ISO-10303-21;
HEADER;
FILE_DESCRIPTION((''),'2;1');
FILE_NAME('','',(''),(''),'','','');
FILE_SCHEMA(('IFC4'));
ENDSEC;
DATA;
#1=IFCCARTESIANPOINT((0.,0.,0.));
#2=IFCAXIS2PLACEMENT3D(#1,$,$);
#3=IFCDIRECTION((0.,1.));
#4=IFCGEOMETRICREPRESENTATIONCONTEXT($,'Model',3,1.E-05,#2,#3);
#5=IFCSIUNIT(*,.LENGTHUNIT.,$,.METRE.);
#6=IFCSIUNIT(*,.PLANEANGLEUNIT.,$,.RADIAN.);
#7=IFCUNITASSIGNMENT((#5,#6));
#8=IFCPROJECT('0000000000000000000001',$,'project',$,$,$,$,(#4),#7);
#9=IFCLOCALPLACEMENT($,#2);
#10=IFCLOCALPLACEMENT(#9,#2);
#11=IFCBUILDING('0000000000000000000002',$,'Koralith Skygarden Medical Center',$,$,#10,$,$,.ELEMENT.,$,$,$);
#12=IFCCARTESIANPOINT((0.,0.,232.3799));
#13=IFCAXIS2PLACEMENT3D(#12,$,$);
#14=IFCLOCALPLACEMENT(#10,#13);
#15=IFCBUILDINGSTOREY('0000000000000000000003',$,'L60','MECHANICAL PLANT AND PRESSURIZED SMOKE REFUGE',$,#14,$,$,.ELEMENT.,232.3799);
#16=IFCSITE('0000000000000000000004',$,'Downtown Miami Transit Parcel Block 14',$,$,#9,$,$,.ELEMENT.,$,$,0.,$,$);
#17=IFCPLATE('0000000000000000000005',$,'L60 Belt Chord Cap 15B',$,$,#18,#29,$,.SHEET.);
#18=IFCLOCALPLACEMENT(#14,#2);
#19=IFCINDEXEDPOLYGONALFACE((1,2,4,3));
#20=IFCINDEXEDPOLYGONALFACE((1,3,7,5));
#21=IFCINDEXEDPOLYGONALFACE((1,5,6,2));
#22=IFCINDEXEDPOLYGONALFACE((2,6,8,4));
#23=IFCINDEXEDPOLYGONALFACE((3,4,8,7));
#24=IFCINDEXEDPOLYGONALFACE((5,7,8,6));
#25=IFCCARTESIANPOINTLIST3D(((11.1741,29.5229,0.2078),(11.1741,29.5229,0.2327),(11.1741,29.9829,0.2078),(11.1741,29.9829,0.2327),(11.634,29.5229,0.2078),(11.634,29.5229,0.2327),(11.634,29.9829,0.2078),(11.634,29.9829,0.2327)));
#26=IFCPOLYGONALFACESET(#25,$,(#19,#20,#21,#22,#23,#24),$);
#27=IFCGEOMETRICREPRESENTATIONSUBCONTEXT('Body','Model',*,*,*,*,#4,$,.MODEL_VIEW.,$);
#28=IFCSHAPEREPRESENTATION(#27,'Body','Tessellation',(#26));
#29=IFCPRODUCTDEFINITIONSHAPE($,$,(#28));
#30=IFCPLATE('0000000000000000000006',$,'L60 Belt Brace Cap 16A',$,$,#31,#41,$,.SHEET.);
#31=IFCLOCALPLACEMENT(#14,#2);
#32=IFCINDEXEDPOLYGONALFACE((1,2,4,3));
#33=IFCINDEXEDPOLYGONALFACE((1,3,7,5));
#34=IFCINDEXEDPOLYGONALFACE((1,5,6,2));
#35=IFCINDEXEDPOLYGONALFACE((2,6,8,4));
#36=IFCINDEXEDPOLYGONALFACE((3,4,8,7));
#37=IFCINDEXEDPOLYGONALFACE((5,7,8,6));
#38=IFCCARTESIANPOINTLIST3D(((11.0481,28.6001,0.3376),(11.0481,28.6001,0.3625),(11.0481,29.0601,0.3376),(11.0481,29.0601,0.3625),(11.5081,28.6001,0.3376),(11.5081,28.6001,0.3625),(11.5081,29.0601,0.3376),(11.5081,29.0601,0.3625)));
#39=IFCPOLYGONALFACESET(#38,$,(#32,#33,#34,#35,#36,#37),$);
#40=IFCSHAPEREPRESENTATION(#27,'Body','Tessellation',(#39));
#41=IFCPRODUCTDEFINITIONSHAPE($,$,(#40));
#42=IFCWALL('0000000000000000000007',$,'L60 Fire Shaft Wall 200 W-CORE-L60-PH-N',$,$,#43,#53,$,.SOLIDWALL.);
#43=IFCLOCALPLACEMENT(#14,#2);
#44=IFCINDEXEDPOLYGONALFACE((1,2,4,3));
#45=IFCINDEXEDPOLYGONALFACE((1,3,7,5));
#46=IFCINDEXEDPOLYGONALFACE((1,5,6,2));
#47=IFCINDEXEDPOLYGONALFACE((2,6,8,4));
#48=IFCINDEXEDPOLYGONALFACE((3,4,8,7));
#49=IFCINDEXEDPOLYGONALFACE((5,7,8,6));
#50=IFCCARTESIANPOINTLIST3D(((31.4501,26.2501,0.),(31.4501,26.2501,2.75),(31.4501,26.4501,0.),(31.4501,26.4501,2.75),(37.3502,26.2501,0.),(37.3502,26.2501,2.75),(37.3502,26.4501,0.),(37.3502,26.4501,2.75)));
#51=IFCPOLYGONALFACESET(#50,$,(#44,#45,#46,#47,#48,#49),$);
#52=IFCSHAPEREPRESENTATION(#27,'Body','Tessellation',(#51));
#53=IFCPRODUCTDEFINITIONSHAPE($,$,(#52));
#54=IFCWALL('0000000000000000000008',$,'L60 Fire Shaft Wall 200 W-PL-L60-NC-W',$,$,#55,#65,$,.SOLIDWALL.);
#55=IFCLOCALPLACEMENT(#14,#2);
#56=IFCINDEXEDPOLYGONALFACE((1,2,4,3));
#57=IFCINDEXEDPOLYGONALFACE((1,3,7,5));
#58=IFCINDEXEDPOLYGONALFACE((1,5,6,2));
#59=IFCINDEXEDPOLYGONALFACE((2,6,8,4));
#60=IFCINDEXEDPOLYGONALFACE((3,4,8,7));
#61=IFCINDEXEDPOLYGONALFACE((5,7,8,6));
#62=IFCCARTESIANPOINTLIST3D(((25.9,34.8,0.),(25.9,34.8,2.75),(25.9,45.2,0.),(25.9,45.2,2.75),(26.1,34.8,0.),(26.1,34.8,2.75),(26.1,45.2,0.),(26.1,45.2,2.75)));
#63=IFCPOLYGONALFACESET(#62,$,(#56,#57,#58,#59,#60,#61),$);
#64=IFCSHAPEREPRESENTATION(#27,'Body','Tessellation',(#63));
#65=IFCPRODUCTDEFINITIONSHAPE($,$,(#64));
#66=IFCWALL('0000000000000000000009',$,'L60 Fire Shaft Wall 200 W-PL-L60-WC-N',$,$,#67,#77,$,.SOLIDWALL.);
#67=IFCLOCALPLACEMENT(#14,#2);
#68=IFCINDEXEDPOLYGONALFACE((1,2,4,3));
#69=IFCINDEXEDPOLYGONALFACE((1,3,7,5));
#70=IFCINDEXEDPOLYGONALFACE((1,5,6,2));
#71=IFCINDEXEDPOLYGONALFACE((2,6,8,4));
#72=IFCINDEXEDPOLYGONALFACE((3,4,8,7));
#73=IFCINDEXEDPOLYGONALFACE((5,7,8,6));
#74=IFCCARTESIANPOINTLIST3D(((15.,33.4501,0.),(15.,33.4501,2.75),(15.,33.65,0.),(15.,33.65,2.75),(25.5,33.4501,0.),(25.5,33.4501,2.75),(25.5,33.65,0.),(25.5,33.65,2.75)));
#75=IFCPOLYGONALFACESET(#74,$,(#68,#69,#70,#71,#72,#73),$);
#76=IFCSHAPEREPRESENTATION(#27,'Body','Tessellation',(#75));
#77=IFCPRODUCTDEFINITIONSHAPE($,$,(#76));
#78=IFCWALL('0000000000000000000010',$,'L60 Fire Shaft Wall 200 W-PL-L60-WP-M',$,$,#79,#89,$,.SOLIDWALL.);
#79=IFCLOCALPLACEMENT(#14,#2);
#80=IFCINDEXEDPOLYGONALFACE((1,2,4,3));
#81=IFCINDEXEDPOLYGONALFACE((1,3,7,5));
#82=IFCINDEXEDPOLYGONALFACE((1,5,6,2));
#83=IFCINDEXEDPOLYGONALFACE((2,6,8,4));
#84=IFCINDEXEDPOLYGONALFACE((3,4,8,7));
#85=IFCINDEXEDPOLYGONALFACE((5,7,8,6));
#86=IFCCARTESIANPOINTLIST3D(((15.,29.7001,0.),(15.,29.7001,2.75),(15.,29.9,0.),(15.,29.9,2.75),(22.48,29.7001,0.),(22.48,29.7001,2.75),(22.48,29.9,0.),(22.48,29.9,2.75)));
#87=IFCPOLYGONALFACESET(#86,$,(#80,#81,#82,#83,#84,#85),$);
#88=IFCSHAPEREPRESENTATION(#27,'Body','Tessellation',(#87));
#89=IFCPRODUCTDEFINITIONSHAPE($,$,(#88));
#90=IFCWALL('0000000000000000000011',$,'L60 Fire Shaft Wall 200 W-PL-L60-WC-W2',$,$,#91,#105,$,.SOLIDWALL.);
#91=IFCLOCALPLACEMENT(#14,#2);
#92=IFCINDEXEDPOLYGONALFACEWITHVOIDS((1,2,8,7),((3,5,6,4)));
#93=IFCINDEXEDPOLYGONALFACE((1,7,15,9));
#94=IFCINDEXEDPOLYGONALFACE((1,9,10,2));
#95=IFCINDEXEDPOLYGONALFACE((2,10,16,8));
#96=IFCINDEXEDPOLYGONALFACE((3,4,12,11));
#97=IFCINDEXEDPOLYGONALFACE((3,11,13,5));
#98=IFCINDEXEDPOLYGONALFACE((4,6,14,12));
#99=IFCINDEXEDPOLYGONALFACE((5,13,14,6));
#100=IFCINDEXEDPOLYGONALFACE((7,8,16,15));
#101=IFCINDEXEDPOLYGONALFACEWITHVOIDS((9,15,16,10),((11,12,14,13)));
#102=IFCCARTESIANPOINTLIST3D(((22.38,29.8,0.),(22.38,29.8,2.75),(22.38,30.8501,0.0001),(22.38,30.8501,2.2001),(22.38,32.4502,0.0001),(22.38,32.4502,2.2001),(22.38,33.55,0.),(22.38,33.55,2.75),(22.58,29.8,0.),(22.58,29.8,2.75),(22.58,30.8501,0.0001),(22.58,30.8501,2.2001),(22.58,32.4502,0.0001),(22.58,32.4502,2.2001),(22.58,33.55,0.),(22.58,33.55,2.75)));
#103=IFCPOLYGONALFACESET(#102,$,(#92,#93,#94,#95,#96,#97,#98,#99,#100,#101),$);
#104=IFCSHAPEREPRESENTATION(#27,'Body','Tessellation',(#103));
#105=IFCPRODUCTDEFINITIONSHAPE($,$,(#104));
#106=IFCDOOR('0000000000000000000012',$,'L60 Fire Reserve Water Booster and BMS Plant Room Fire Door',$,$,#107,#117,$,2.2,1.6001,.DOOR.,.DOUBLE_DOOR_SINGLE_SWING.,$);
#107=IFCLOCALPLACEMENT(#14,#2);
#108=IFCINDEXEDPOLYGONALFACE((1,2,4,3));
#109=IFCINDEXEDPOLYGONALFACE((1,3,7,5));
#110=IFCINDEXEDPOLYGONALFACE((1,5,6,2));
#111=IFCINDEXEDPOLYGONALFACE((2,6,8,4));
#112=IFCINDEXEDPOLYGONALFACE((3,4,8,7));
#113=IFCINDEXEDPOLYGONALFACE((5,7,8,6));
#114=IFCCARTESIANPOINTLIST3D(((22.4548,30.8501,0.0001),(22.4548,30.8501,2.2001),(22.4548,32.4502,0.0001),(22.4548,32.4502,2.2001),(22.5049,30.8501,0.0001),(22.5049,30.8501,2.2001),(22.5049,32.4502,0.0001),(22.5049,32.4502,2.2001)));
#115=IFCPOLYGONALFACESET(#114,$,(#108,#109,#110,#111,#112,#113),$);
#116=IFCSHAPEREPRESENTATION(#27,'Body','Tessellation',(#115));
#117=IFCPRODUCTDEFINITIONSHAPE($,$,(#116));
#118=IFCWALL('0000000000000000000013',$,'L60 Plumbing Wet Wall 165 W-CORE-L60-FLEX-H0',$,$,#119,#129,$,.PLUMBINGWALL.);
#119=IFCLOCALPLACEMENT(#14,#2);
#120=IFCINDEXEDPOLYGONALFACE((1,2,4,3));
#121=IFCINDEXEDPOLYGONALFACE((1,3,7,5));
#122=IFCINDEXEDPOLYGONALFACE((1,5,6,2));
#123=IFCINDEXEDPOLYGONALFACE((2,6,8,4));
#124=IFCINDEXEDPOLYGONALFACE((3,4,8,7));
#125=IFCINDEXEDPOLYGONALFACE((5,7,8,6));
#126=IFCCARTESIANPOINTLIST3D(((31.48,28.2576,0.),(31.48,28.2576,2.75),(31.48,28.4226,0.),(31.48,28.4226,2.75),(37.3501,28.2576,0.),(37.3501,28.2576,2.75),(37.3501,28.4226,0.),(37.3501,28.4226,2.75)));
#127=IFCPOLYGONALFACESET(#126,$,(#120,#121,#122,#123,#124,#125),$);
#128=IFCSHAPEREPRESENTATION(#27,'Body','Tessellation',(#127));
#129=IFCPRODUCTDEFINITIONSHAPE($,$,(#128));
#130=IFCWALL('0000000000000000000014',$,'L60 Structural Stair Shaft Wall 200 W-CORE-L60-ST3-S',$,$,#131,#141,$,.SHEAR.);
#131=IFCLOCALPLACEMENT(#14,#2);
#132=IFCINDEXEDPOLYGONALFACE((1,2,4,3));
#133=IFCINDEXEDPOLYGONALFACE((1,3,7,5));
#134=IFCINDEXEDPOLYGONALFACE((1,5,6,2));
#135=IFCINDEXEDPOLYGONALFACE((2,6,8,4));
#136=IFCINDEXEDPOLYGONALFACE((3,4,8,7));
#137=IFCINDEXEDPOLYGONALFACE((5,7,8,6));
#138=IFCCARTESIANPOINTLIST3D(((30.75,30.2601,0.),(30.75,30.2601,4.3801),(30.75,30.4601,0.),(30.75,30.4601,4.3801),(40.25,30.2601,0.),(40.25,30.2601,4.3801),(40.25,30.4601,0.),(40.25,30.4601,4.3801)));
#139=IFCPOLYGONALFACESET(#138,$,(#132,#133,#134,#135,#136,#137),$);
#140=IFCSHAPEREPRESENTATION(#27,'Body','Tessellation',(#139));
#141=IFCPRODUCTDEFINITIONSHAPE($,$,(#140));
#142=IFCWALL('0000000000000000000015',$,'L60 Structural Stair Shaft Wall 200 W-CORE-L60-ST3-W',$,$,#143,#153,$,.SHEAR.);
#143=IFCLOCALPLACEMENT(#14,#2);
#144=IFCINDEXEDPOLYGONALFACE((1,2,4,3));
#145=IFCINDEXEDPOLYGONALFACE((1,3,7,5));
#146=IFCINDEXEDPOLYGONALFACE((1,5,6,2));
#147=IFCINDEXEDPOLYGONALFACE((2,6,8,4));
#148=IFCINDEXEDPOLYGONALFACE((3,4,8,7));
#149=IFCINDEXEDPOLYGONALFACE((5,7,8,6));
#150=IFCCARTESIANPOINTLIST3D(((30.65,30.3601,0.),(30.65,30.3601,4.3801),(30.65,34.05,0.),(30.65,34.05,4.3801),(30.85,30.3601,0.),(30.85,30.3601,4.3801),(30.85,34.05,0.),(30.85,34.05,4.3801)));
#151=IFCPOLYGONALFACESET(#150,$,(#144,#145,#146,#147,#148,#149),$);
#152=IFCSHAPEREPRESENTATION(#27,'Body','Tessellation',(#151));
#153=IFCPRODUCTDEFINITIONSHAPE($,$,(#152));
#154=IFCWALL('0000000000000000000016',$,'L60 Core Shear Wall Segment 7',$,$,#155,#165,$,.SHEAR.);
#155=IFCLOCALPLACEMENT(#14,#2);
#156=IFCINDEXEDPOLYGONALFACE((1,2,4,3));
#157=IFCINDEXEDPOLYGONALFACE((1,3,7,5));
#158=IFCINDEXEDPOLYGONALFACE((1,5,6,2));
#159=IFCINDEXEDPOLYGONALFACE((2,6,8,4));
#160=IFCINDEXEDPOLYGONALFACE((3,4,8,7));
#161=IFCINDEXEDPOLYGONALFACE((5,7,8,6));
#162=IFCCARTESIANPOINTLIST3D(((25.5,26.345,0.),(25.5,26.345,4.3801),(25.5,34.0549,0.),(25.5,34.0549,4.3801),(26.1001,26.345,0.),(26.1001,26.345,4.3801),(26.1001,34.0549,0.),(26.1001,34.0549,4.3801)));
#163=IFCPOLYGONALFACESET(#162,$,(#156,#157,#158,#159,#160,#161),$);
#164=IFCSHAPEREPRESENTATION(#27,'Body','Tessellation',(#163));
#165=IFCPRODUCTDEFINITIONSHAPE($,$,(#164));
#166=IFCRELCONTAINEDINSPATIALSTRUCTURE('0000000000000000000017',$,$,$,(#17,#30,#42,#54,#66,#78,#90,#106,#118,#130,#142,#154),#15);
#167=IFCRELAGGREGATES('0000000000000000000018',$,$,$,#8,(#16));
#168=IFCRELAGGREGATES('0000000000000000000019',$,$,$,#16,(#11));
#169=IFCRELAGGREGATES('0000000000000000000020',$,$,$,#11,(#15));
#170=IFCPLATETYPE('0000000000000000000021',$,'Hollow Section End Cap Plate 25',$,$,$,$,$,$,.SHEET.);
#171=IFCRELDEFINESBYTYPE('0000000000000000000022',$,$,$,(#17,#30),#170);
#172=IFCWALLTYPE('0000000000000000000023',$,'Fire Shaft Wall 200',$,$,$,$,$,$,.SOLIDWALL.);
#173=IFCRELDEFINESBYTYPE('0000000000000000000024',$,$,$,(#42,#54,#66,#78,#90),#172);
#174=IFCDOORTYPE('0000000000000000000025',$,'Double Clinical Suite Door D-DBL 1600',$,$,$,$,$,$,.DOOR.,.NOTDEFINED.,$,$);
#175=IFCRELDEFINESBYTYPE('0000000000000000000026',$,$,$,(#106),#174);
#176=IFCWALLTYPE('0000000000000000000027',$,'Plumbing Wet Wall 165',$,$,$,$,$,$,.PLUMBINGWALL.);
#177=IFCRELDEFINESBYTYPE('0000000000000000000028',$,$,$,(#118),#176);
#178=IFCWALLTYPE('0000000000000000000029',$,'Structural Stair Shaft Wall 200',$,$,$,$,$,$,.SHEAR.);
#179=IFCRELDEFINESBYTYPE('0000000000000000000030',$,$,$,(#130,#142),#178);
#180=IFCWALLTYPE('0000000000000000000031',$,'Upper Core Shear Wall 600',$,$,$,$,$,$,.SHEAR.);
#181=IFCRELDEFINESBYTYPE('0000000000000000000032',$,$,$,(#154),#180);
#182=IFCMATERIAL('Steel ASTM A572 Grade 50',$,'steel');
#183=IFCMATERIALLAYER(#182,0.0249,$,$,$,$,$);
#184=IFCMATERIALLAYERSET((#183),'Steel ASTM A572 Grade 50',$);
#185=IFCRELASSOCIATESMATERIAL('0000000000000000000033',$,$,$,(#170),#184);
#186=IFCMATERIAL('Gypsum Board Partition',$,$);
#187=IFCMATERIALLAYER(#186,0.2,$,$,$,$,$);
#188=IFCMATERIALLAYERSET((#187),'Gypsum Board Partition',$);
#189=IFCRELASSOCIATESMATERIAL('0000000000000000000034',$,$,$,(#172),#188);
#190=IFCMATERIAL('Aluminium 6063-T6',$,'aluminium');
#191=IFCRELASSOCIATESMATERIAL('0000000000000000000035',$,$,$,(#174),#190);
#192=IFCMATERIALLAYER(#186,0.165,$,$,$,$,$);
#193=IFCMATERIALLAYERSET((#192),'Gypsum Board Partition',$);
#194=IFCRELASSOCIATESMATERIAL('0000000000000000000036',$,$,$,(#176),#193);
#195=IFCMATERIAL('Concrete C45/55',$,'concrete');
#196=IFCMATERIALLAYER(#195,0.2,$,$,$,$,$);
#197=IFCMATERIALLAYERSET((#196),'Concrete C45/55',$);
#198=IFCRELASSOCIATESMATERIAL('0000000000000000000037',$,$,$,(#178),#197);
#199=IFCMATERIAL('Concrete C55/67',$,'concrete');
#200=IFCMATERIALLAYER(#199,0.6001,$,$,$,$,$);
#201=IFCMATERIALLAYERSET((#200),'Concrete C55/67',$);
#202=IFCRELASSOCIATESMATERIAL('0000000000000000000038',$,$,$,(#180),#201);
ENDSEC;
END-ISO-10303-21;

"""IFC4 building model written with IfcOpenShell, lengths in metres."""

from ifc_helpers import new_model, si_unit, direction, frame, frame_2d, origin, origin_2d, place, context, subcontext, project, spatial, rectangle, extrude, material, layer, layer_set, type_object, element, fill, save


model = new_model("IFC4")

# Units and contexts
model_context = context("Model", 3, precision=1e-05, world=origin(), true_north=direction((0.0, 1.0)))
body_context = subcontext(model_context, "Body", "Model", "MODEL_VIEW")
ifc_project = project(units=[si_unit("LENGTHUNIT", "METRE"), si_unit("PLANEANGLEUNIT", "RADIAN")], contexts=[model_context])

# Site, building, storey
site_placement = place(None, origin())
site = spatial("IfcSite", under=ifc_project, at=site_placement, Name="Downtown Miami Transit Parcel Block 14", CompositionType="ELEMENT", RefElevation=0.0)
building_placement = place(site_placement, origin())
building = spatial("IfcBuilding", under=site, at=building_placement, Name="Koralith Skygarden Medical Center", CompositionType="ELEMENT")
storey_placement = place(building_placement, frame((0.0, 0.0, 232.3799)))
storey = spatial("IfcBuildingStorey", under=building, at=storey_placement, Name="L60", Description="MECHANICAL PLANT AND PRESSURIZED SMOKE REFUGE", CompositionType="ELEMENT", Elevation=232.3799)

# Shared definitions
ifc_material_1 = material(Name="Concrete C55/67", Category="concrete")

# Shared definitions
ifc_material_2 = material(Name="Concrete C45/55", Category="concrete")

# Plates
ifc_material_3 = material(Name="Steel ASTM A572 Grade 50", Category="steel")
ifc_layer_1 = layer(ifc_material_3, 0.0249)
ifc_layer_set_1 = layer_set([ifc_layer_1], Name="Steel ASTM A572 Grade 50")
plate_type = type_object("IfcPlateType", Name="Hollow Section End Cap Plate 25", PredefinedType="SHEET", material=ifc_layer_set_1)
for number, where, z_axis, x_axis, name in (
    (1, (11.4041, 29.7529, 0.2078), (0.0, 0.0, 1.0), (1.0, 0.0, 0.0), "L60 Belt Chord Cap 15B"),
    (2, (11.2781, 28.8301, 0.3376), (0.0, 0.0, 1.0), (1.0, 0.0, 0.0), "L60 Belt Brace Cap 16A"),
):
    element("IfcPlate", number, at=place(storey_placement, frame(where, z_axis=z_axis, x_axis=x_axis)), inside=storey, type_object=plate_type, Name=name, PredefinedType="SHEET", context=body_context, shape_type="SweptSolid", body=[
        extrude(rectangle(XDim=0.46, YDim=0.46, at=origin_2d()), origin(), (0.0, 0.0, 1.0), 0.0249),
    ])

# Walls
ifc_material_4 = material(Name="Gypsum Board Partition")
ifc_layer_2 = layer(ifc_material_4, 0.2)
ifc_layer_set_2 = layer_set([ifc_layer_2], Name="Gypsum Board Partition")
wall_type_1 = type_object("IfcWallType", Name="Fire Shaft Wall 200", PredefinedType="SOLIDWALL", material=ifc_layer_set_2)
wall_1_placement = place(storey_placement, frame((31.45, 26.3501, 0.0), z_axis=(0.0, 0.0, 1.0), x_axis=(1.0, 0.0, 0.0)))
element("IfcWall", 3, at=wall_1_placement, inside=storey, type_object=wall_type_1, Name="L60 Fire Shaft Wall 200 W-CORE-L60-PH-N", PredefinedType="SOLIDWALL", context=body_context, shape_type="SweptSolid", body=[
    extrude(rectangle(XDim=5.9001, YDim=0.2, at=frame_2d((2.9502, 0.0))), origin(), (0.0, 0.0, 1.0), 2.75),
])
wall_2_placement = place(storey_placement, frame((26.0, 34.8, 0.0), z_axis=(0.0, 0.0, 1.0), x_axis=(0.0, 1.0, 0.0)))
element("IfcWall", 4, at=wall_2_placement, inside=storey, type_object=wall_type_1, Name="L60 Fire Shaft Wall 200 W-PL-L60-NC-W", PredefinedType="SOLIDWALL", context=body_context, shape_type="SweptSolid", body=[
    extrude(rectangle(XDim=10.3999, YDim=0.2, at=frame_2d((5.2, 0.0))), origin(), (0.0, 0.0, 1.0), 2.75),
])
wall_3_placement = place(storey_placement, frame((15.0, 33.55, 0.0), z_axis=(0.0, 0.0, 1.0), x_axis=(1.0, 0.0, 0.0)))
element("IfcWall", 5, at=wall_3_placement, inside=storey, type_object=wall_type_1, Name="L60 Fire Shaft Wall 200 W-PL-L60-WC-N", PredefinedType="SOLIDWALL", context=body_context, shape_type="SweptSolid", body=[
    extrude(rectangle(XDim=10.5, YDim=0.2, at=frame_2d((5.25, 0.0))), origin(), (0.0, 0.0, 1.0), 2.75),
])
wall_4_placement = place(storey_placement, frame((15.0, 29.8, 0.0), z_axis=(0.0, 0.0, 1.0), x_axis=(1.0, 0.0, 0.0)))
element("IfcWall", 6, at=wall_4_placement, inside=storey, type_object=wall_type_1, Name="L60 Fire Shaft Wall 200 W-PL-L60-WP-M", PredefinedType="SOLIDWALL", context=body_context, shape_type="SweptSolid", body=[
    extrude(rectangle(XDim=7.48, YDim=0.2, at=frame_2d((3.74, 0.0))), origin(), (0.0, 0.0, 1.0), 2.75),
])

# Wall, opening, door
wall_5_placement = place(storey_placement, frame((22.48, 29.8, 0.0), z_axis=(0.0, 0.0, 1.0), x_axis=(0.0, 1.0, 0.0)))
wall_5 = element("IfcWall", 7, at=wall_5_placement, inside=storey, type_object=wall_type_1, Name="L60 Fire Shaft Wall 200 W-PL-L60-WC-W2", PredefinedType="SOLIDWALL", context=body_context, shape_type="SweptSolid", body=[
    extrude(rectangle(XDim=3.75, YDim=0.2, at=frame_2d((1.875, 0.0))), origin(), (0.0, 0.0, 1.0), 2.75),
])
opening_placement = place(wall_5_placement, frame((1.05, 0.0, 0.0)))
opening = element("IfcOpeningElement", 8, at=opening_placement, cuts=wall_5, PredefinedType="OPENING", context=body_context, shape_type="SweptSolid", body=[
    extrude(rectangle(XDim=1.6001, YDim=2.2, at=frame_2d((0.8, 1.1001))), frame((0.0, 0.1099, 0.0), z_axis=(0.0, -1.0, 0.0), x_axis=(1.0, 0.0, 0.0)), (0.0, 0.0, 1.0), 0.22),
])
ifc_material_5 = material(Name="Aluminium 6063-T6", Category="aluminium")
door_type = type_object("IfcDoorType", Name="Double Clinical Suite Door D-DBL 1600", OperationType="NOTDEFINED", PredefinedType="DOOR", material=ifc_material_5)
door_placement = place(opening_placement, frame((1.6001, 0.0, 0.0), z_axis=(0.0, 0.0, 1.0), x_axis=(-1.0, 0.0, 0.0)))
door = element("IfcDoor", 9, at=door_placement, inside=storey, type_object=door_type, Name="L60 Fire Reserve Water Booster and BMS Plant Room Fire Door", OperationType="DOUBLE_DOOR_SINGLE_SWING", OverallHeight=2.2, OverallWidth=1.6001, PredefinedType="DOOR", context=body_context, shape_type="SweptSolid", body=[
    extrude(rectangle(XDim=1.6001, YDim=2.2, at=frame_2d((0.8, 1.1001))), frame((0.0, 0.0249, 0.0), z_axis=(0.0, -1.0, 0.0), x_axis=(1.0, 0.0, 0.0)), (0.0, 0.0, 1.0), 0.05),
])
fill(opening, door)

# Walls
ifc_layer_3 = layer(ifc_material_4, 0.165)
ifc_layer_set_3 = layer_set([ifc_layer_3], Name="Gypsum Board Partition")
wall_type_2 = type_object("IfcWallType", Name="Plumbing Wet Wall 165", PredefinedType="PLUMBINGWALL", material=ifc_layer_set_3)
wall_6_placement = place(storey_placement, frame((31.48, 28.3401, 0.0), z_axis=(0.0, 0.0, 1.0), x_axis=(1.0, 0.0, 0.0)))
element("IfcWall", 10, at=wall_6_placement, inside=storey, type_object=wall_type_2, Name="L60 Plumbing Wet Wall 165 W-CORE-L60-FLEX-H0", PredefinedType="PLUMBINGWALL", context=body_context, shape_type="SweptSolid", body=[
    extrude(rectangle(XDim=5.8701, YDim=0.165, at=frame_2d((2.9351, 0.0))), origin(), (0.0, 0.0, 1.0), 2.75),
])
ifc_layer_4 = layer(ifc_material_2, 0.2)
ifc_layer_set_4 = layer_set([ifc_layer_4], Name="Concrete C45/55")
wall_type_3 = type_object("IfcWallType", Name="Structural Stair Shaft Wall 200", PredefinedType="SHEAR", material=ifc_layer_set_4)
wall_7_placement = place(storey_placement, frame((30.75, 30.3601, 0.0), z_axis=(0.0, 0.0, 1.0), x_axis=(1.0, 0.0, 0.0)))
element("IfcWall", 11, at=wall_7_placement, inside=storey, type_object=wall_type_3, Name="L60 Structural Stair Shaft Wall 200 W-CORE-L60-ST3-S", PredefinedType="SHEAR", context=body_context, shape_type="SweptSolid", body=[
    extrude(rectangle(XDim=9.5, YDim=0.2, at=frame_2d((4.75, 0.0))), origin(), (0.0, 0.0, 1.0), 4.3801),
])
wall_8_placement = place(storey_placement, frame((30.75, 30.3601, 0.0), z_axis=(0.0, 0.0, 1.0), x_axis=(0.0, 1.0, 0.0)))
element("IfcWall", 12, at=wall_8_placement, inside=storey, type_object=wall_type_3, Name="L60 Structural Stair Shaft Wall 200 W-CORE-L60-ST3-W", PredefinedType="SHEAR", context=body_context, shape_type="SweptSolid", body=[
    extrude(rectangle(XDim=3.6899, YDim=0.2, at=frame_2d((1.845, 0.0))), origin(), (0.0, 0.0, 1.0), 4.3801),
])
ifc_layer_5 = layer(ifc_material_1, 0.6001)
ifc_layer_set_5 = layer_set([ifc_layer_5], Name="Concrete C55/67")
wall_type_4 = type_object("IfcWallType", Name="Upper Core Shear Wall 600", PredefinedType="SHEAR", material=ifc_layer_set_5)
wall_9_placement = place(storey_placement, frame((25.8, 34.0549, 0.0), z_axis=(0.0, 0.0, 1.0), x_axis=(0.0, -1.0, 0.0)))
element("IfcWall", 13, at=wall_9_placement, inside=storey, type_object=wall_type_4, Name="L60 Core Shear Wall Segment 7", PredefinedType="SHEAR", context=body_context, shape_type="SweptSolid", body=[
    extrude(rectangle(XDim=7.71, YDim=0.6001, at=frame_2d((3.855, 0.0))), origin(), (0.0, 0.0, 1.0), 4.3801),
])

save(model, "model.ifc")
